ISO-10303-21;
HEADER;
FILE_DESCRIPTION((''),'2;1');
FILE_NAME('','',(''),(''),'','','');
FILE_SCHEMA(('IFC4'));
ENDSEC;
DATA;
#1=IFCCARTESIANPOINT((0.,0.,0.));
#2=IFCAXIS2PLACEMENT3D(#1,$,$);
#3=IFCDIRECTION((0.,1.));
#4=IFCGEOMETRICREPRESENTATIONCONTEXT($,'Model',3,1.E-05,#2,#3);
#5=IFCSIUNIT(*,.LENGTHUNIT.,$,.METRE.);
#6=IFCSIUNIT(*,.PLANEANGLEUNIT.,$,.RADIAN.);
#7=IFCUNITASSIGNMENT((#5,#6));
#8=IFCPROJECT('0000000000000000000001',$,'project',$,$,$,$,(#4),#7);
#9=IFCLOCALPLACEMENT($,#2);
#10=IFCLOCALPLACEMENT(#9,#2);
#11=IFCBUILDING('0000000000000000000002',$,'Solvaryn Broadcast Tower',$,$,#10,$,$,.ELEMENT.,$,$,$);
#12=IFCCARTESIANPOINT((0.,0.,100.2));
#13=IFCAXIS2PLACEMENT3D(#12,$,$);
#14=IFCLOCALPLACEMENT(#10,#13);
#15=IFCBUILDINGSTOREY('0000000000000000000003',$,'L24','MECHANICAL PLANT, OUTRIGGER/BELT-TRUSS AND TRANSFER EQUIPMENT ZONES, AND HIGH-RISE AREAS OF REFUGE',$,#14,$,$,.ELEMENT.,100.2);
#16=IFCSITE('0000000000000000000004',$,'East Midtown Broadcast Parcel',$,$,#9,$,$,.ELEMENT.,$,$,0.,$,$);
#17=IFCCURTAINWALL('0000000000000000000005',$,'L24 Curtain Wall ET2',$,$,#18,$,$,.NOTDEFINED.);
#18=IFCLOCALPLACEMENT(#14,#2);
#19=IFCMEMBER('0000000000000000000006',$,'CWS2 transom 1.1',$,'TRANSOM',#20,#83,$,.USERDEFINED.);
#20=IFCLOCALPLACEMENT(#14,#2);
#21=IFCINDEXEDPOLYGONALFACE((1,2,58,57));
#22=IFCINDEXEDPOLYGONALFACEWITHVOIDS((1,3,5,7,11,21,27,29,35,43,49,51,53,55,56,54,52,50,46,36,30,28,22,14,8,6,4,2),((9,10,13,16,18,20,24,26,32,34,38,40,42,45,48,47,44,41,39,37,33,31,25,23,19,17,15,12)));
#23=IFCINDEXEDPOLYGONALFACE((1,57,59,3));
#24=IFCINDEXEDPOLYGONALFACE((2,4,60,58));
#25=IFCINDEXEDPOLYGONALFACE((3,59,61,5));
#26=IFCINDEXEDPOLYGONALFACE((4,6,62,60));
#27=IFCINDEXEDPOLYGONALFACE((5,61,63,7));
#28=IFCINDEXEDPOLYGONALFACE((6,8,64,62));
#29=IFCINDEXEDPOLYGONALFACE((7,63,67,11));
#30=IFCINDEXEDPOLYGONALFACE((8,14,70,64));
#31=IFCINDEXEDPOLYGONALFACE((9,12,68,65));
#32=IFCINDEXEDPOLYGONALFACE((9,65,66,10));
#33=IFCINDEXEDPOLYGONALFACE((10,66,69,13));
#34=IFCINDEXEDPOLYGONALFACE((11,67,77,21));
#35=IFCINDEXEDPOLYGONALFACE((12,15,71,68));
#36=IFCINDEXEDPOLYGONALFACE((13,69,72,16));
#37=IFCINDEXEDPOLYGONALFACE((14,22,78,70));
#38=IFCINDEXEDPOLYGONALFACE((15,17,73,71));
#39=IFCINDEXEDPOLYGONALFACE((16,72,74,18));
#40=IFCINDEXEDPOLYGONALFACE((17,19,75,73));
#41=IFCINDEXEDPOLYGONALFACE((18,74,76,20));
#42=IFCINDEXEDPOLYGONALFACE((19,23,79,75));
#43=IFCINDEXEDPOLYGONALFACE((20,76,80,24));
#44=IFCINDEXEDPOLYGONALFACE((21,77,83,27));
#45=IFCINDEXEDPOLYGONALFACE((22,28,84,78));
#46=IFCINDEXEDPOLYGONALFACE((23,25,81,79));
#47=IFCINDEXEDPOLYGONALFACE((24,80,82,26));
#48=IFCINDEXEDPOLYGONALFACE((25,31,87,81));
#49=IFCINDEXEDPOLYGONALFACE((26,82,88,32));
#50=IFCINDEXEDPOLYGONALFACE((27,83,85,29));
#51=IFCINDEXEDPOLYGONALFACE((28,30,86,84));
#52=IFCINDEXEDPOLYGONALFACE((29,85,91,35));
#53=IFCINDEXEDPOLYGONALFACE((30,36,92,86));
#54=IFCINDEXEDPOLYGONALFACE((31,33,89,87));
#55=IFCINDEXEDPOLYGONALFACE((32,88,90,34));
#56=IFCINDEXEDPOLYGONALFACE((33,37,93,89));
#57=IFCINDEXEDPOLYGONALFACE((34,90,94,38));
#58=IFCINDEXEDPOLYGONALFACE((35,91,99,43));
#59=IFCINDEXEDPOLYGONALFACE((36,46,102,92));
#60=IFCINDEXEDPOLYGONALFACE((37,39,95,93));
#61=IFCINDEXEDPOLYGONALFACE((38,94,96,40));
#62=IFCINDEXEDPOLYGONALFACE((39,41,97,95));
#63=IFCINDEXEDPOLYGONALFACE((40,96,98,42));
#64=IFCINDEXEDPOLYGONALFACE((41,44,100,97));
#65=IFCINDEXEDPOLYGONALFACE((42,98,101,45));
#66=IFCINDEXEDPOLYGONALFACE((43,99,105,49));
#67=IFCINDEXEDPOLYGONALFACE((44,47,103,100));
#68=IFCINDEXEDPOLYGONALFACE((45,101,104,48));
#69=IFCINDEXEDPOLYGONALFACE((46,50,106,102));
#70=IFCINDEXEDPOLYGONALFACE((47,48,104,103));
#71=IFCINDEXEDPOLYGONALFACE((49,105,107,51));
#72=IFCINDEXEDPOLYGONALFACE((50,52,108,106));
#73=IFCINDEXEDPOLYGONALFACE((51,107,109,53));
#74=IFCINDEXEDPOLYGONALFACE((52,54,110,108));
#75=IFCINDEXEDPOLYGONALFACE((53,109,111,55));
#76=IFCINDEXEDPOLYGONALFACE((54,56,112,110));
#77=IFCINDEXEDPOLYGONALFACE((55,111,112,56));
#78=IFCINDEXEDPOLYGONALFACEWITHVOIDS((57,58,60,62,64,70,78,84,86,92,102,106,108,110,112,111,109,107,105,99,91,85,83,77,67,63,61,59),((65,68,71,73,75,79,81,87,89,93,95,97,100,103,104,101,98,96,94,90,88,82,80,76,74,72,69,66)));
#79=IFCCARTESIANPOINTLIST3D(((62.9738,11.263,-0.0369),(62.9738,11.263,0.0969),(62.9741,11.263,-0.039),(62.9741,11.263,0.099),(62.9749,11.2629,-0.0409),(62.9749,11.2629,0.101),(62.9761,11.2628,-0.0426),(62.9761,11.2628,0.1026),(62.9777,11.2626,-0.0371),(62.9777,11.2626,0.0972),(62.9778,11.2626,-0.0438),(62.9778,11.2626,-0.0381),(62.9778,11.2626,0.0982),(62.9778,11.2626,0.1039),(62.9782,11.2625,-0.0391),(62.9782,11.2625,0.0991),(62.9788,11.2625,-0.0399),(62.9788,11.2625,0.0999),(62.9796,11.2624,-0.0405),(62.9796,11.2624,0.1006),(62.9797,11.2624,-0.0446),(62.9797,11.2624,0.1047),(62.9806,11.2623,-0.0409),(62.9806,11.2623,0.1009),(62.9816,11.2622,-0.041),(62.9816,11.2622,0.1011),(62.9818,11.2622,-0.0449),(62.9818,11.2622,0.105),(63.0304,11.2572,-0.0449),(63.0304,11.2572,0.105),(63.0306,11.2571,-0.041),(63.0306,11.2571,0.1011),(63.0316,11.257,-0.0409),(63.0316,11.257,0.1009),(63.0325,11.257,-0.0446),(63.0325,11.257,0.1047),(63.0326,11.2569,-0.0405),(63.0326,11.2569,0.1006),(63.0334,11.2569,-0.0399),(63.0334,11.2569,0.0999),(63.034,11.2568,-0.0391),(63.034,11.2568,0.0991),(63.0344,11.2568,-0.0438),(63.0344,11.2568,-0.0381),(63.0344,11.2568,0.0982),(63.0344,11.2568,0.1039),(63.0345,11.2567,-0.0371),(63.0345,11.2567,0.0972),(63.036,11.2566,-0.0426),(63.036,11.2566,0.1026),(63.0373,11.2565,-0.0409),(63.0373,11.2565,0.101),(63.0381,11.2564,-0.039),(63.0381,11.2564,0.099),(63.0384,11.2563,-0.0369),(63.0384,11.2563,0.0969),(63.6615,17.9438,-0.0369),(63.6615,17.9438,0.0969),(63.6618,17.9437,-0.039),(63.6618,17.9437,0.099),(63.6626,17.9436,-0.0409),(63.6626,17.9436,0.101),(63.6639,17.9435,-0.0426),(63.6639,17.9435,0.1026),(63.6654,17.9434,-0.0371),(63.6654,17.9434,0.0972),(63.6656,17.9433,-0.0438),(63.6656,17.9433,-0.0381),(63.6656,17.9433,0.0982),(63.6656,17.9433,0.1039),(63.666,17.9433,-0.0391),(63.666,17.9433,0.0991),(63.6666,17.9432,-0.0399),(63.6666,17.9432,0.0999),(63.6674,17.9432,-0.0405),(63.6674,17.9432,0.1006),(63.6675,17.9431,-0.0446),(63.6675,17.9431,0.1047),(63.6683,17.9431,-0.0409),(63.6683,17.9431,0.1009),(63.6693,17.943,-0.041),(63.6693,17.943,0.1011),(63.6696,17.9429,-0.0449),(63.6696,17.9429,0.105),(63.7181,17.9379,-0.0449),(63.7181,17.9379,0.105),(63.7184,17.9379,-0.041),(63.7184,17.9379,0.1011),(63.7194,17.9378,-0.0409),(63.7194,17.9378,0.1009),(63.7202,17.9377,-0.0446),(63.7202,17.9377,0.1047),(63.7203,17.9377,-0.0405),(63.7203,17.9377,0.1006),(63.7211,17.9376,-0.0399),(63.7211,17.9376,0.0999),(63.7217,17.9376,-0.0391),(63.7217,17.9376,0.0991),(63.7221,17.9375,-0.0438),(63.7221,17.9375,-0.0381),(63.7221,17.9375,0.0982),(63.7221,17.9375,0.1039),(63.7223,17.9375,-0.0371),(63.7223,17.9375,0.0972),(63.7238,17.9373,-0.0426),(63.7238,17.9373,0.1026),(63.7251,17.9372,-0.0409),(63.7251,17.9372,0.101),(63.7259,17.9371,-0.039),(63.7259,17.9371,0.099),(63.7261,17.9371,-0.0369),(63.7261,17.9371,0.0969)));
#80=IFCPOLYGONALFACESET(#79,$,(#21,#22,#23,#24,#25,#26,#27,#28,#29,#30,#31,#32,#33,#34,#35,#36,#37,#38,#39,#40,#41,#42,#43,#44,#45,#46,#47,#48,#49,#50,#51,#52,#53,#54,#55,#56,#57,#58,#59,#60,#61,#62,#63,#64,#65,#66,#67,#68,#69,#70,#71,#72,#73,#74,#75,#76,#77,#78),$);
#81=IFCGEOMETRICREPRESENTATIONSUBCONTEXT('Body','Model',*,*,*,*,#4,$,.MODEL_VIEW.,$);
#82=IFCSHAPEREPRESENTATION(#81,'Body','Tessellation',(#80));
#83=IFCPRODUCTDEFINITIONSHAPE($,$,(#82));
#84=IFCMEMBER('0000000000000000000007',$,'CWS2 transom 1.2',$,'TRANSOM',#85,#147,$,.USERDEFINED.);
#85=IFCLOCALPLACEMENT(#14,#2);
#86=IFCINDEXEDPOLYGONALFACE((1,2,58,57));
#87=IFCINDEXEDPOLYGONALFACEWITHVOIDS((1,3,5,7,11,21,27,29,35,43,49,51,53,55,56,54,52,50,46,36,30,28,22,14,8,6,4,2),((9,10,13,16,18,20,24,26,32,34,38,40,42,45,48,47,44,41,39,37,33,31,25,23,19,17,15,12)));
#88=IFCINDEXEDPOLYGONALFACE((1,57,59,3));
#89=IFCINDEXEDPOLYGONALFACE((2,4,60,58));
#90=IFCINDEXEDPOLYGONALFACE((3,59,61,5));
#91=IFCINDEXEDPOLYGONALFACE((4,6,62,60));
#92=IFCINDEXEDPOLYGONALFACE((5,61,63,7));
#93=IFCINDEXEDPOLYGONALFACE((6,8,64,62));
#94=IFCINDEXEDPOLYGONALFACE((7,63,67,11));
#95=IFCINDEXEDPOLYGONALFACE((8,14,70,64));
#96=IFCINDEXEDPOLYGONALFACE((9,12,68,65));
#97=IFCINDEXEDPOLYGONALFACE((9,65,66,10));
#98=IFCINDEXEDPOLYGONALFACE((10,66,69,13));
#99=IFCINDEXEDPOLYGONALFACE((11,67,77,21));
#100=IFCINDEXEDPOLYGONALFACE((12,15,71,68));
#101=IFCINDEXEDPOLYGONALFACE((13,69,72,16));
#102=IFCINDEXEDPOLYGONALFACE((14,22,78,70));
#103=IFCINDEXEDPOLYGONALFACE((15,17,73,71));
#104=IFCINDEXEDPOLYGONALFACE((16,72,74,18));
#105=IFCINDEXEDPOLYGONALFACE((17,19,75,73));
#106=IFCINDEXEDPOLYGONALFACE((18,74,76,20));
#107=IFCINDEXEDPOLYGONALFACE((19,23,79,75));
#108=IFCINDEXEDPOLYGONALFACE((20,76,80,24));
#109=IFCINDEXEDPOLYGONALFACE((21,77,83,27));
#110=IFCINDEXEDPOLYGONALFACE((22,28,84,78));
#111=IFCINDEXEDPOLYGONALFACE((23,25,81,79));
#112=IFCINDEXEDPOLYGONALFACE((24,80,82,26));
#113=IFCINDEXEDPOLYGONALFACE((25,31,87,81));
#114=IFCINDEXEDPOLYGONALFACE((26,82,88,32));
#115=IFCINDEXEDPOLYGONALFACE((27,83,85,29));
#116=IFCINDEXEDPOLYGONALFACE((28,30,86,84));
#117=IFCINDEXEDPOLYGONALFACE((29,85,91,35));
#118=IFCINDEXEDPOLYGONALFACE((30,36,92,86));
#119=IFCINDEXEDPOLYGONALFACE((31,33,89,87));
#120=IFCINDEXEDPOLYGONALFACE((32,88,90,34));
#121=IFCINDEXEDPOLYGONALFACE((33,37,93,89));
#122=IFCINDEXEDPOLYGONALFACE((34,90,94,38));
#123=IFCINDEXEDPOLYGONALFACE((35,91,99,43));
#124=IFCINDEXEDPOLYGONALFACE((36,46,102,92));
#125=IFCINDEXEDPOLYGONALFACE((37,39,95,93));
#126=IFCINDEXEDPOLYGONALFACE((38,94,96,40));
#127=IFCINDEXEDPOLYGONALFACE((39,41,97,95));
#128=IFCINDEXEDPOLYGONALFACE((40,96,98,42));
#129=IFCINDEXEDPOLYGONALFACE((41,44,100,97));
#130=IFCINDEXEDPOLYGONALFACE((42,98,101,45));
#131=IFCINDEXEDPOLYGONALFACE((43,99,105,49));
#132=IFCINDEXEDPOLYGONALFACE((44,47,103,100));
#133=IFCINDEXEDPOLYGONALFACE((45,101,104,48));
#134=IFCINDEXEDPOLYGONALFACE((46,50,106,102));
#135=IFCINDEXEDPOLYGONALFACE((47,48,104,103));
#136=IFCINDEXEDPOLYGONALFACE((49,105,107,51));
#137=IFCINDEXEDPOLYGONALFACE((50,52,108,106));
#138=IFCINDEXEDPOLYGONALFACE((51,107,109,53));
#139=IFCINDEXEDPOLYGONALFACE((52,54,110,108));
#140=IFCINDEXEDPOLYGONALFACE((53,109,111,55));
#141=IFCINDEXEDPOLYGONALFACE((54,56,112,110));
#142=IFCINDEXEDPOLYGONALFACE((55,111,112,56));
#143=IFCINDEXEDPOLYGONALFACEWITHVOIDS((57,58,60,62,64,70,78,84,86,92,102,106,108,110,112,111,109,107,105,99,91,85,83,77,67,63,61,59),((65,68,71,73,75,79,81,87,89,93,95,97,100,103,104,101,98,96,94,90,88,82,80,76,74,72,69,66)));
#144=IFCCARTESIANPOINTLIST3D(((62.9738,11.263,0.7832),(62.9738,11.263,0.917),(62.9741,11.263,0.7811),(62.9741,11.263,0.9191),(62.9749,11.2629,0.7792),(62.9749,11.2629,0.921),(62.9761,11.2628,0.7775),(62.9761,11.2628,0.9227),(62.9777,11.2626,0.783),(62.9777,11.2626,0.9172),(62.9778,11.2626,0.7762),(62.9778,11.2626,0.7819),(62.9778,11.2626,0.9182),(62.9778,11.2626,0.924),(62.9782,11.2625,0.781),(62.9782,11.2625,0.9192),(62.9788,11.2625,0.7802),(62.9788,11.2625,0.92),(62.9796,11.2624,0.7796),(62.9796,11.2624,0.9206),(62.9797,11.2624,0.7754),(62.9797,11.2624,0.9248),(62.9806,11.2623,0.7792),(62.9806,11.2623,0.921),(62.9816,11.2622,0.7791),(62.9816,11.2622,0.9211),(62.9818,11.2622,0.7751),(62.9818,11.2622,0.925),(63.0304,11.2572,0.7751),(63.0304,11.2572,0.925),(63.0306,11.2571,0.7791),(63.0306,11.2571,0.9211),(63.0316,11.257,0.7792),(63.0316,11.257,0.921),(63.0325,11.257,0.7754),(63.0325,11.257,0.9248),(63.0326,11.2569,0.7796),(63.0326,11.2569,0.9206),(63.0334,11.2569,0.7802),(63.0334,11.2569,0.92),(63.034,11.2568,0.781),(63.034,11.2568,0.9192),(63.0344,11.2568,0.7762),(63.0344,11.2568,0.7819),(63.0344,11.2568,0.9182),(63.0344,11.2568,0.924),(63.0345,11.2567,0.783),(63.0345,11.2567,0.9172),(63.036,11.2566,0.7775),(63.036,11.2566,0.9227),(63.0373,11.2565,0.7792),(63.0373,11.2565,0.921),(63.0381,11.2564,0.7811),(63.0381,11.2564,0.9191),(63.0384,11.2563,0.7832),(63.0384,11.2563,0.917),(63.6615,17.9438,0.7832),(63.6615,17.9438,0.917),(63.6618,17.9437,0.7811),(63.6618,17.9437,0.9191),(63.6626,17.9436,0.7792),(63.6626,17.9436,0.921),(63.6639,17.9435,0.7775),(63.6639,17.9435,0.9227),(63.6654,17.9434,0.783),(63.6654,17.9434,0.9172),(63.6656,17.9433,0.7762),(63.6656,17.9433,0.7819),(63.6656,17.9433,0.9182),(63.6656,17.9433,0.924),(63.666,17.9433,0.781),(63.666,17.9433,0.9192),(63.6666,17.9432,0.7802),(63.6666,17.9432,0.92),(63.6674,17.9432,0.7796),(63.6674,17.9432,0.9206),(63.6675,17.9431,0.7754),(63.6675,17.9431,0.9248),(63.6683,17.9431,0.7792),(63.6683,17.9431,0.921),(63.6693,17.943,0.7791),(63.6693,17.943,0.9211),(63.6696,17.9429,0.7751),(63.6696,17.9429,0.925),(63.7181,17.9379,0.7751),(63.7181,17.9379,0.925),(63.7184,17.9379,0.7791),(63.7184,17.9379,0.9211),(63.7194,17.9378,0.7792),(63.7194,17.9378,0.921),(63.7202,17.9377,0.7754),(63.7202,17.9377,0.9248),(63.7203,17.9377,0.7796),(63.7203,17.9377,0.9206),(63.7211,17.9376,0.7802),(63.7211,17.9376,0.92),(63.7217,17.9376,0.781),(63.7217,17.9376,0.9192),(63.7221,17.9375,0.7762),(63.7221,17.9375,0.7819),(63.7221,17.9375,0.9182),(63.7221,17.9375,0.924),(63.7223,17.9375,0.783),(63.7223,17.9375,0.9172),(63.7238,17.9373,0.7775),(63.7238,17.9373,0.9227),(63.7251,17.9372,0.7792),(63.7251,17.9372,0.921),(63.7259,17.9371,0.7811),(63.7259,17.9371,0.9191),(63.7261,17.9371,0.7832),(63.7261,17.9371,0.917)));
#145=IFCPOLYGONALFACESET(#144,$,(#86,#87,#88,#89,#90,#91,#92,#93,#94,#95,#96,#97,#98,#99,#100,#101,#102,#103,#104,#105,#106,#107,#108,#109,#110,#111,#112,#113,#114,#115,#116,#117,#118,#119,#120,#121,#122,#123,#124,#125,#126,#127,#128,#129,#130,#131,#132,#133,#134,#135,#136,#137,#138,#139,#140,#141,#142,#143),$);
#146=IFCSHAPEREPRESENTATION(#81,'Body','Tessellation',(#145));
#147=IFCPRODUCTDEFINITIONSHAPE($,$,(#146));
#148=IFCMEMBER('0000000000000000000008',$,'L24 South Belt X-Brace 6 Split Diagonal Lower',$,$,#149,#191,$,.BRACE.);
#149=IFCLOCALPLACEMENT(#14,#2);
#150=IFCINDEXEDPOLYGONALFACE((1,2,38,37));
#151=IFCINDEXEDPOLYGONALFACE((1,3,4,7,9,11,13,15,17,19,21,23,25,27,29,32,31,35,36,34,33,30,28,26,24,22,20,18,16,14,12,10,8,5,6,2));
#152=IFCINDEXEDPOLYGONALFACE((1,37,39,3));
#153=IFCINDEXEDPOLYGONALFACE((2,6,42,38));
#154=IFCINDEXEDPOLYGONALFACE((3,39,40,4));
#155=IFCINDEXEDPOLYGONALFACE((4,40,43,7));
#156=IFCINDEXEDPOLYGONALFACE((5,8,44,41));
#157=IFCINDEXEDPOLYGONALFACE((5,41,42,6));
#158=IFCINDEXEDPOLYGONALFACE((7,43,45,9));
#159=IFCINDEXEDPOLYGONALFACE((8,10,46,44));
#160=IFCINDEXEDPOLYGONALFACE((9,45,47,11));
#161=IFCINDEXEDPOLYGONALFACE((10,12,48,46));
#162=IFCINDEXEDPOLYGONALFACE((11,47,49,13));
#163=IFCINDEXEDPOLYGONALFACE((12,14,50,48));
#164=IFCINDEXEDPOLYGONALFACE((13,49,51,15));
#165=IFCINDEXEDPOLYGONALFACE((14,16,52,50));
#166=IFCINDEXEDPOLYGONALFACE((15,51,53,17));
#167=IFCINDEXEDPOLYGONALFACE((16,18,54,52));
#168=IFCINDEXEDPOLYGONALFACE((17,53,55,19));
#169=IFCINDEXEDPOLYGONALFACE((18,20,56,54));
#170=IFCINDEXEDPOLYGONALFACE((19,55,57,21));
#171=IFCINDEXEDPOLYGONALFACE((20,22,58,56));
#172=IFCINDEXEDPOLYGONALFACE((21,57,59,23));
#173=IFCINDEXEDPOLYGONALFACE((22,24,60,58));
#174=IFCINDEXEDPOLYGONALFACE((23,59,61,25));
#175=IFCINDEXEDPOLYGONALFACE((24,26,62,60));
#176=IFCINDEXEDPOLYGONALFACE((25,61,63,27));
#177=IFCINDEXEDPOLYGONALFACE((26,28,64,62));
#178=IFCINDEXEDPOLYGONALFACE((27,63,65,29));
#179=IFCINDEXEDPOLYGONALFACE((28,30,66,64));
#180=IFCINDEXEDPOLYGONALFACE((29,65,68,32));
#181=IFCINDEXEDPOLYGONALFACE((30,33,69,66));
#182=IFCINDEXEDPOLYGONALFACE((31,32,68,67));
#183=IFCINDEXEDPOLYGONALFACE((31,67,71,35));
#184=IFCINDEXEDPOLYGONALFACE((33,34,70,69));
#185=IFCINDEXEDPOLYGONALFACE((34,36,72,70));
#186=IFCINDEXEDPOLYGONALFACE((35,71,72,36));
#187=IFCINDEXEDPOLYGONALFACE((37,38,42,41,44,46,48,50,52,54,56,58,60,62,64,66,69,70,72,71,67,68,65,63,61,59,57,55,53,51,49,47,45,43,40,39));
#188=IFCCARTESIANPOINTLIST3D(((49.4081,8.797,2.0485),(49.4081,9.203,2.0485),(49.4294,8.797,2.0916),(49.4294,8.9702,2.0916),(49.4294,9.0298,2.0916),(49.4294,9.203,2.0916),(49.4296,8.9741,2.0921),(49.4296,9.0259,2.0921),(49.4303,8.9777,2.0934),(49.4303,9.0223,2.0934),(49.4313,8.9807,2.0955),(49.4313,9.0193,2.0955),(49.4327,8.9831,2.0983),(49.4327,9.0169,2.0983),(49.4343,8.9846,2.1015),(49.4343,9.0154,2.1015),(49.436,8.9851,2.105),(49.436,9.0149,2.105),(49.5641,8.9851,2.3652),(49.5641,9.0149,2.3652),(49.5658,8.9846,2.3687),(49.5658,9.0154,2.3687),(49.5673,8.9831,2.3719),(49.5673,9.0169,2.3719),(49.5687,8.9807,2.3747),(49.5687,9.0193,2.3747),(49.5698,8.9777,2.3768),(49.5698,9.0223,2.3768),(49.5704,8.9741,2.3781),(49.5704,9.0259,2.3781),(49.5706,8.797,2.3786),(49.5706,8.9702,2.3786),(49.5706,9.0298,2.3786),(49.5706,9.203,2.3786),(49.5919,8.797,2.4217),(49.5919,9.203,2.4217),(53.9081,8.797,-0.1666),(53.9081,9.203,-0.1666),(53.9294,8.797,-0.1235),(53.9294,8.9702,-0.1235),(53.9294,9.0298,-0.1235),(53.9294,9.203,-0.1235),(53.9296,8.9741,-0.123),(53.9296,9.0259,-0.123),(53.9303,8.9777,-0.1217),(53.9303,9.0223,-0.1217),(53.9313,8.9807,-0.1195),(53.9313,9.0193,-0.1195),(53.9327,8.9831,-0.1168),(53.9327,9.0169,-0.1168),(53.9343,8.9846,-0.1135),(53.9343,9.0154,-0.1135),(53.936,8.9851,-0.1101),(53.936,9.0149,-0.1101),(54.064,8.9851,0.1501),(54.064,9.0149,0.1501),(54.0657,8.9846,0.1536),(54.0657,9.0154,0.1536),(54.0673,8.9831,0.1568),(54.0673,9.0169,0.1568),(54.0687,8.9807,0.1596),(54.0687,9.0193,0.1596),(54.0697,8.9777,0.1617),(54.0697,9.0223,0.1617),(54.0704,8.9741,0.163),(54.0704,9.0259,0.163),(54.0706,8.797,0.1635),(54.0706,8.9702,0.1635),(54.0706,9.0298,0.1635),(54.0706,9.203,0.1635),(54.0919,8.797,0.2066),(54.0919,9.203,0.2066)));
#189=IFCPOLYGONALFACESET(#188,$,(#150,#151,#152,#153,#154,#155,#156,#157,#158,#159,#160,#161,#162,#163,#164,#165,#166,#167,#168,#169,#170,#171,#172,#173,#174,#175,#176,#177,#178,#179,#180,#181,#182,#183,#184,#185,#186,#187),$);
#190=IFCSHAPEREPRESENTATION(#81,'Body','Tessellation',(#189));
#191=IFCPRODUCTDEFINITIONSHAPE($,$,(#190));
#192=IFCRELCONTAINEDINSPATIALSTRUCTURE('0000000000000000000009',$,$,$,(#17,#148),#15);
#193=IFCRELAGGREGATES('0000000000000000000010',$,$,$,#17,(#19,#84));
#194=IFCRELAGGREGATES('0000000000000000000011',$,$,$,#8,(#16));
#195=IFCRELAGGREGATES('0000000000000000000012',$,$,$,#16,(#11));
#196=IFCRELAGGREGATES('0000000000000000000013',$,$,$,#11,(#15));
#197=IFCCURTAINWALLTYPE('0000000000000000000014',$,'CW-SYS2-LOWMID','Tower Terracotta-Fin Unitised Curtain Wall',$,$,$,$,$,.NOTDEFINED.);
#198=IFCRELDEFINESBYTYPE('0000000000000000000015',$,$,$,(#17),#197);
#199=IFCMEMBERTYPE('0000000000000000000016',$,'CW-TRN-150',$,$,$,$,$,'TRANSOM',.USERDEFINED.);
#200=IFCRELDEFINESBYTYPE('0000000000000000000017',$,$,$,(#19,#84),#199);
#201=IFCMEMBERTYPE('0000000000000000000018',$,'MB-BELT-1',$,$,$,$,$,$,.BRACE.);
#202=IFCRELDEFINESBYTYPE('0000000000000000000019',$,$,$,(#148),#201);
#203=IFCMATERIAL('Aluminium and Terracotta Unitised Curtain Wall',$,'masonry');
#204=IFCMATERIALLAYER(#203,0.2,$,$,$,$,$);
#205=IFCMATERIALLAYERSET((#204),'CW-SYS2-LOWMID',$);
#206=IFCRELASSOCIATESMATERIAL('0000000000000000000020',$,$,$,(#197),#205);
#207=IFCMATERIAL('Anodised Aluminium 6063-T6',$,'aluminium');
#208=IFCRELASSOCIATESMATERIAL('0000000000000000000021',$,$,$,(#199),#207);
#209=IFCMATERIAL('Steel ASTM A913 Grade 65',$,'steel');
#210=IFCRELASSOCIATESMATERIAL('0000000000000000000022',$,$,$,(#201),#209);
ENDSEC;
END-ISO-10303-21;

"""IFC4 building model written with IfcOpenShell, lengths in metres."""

from ifc_helpers import new_model, si_unit, direction, frame, origin, origin_2d, place, context, subcontext, project, spatial, hollow_rectangle, i_section, extrude, material, layer, layer_set, material_profile, profile_set, type_object, element, aggregate, save


model = new_model("IFC4")

# Units and contexts
model_context = context("Model", 3, precision=1e-05, world=origin(), true_north=direction((0.0, 1.0)))
body_context = subcontext(model_context, "Body", "Model", "MODEL_VIEW")
ifc_project = project(units=[si_unit("LENGTHUNIT", "METRE"), si_unit("PLANEANGLEUNIT", "RADIAN")], contexts=[model_context])

# Site, building, storey
site_placement = place(None, origin())
site = spatial("IfcSite", under=ifc_project, at=site_placement, Name="East Midtown Broadcast Parcel", CompositionType="ELEMENT", RefElevation=0.0)
building_placement = place(site_placement, origin())
building = spatial("IfcBuilding", under=site, at=building_placement, Name="Solvaryn Broadcast Tower", CompositionType="ELEMENT")
storey_placement = place(building_placement, frame((0.0, 0.0, 100.2)))
storey = spatial("IfcBuildingStorey", under=building, at=storey_placement, Name="L24", Description="MECHANICAL PLANT, OUTRIGGER/BELT-TRUSS AND TRANSFER EQUIPMENT ZONES, AND HIGH-RISE AREAS OF REFUGE", CompositionType="ELEMENT", Elevation=100.2)

# Shared definitions
ifc_material_1 = material(Name="Aluminium and Terracotta Unitised Curtain Wall", Category="masonry")
ifc_layer_1 = layer(ifc_material_1, 0.2)
ifc_layer_set_1 = layer_set([ifc_layer_1], Name="CW-SYS2-LOWMID")
curtain_wall_type = type_object("IfcCurtainWallType", Name="CW-SYS2-LOWMID", Description="Tower Terracotta-Fin Unitised Curtain Wall", PredefinedType="NOTDEFINED", material=ifc_layer_set_1)

# Curtain wall
curtain_wall_1_placement = place(storey_placement, origin())
curtain_wall_1 = element("IfcCurtainWall", 1, at=curtain_wall_1_placement, inside=storey, type_object=curtain_wall_type, Name="L24 Curtain Wall ET2", PredefinedType="NOTDEFINED")

# Members
ifc_material_2 = material(Name="Anodised Aluminium 6063-T6", Category="aluminium")
ifc_material_profile_1 = material_profile(ifc_material_2, hollow_rectangle(XDim=0.0649, YDim=0.1499, WallThickness=0.0039, InnerFilletRadius=0.0039, OuterFilletRadius=0.0081, at=origin_2d()))
ifc_profile_set_1 = profile_set([ifc_material_profile_1], Name="Anodised Aluminium 6063-T6")
member_type_1 = type_object("IfcMemberType", Name="CW-TRN-150", ElementType="TRANSOM", PredefinedType="USERDEFINED", material=ifc_profile_set_1)
member_1_placement = place(storey_placement, frame((63.6938, 17.9404, 0.03), z_axis=(-0.102404, -0.994743, 0.0), x_axis=(0.994743, -0.102404, 0.0)))
member_1 = element("IfcMember", 2, at=member_1_placement, type_object=member_type_1, Name="CWS2 transom 1.1", ObjectType="TRANSOM", PredefinedType="USERDEFINED", context=body_context, shape_type="SweptSolid", body=[
    extrude(hollow_rectangle(XDim=0.0649, YDim=0.1499, WallThickness=0.0039, InnerFilletRadius=0.0039, OuterFilletRadius=0.0081, at=origin_2d()), origin(), (0.0, 0.0, 1.0), 6.7161),
])
member_2_placement = place(storey_placement, frame((63.6938, 17.9404, 0.8501), z_axis=(-0.102404, -0.994743, 0.0), x_axis=(0.994743, -0.102404, 0.0)))
member_2 = element("IfcMember", 3, at=member_2_placement, type_object=member_type_1, Name="CWS2 transom 1.2", ObjectType="TRANSOM", PredefinedType="USERDEFINED", context=body_context, shape_type="SweptSolid", body=[
    extrude(hollow_rectangle(XDim=0.0649, YDim=0.1499, WallThickness=0.0039, InnerFilletRadius=0.0039, OuterFilletRadius=0.0081, at=origin_2d()), origin(), (0.0, 0.0, 1.0), 6.7161),
])

# Member
ifc_material_3 = material(Name="Steel ASTM A913 Grade 65", Category="steel")
ifc_material_profile_2 = material_profile(ifc_material_3, i_section(OverallWidth=0.406, OverallDepth=0.416, WebThickness=0.0298, FlangeThickness=0.0481, FilletRadius=0.0149, at=origin_2d()))
ifc_profile_set_2 = profile_set([ifc_material_profile_2], Name="Steel ASTM A913 Grade 65")
member_type_2 = type_object("IfcMemberType", Name="MB-BELT-1", PredefinedType="BRACE", material=ifc_profile_set_2)
for number, where, z_axis, x_axis, name in (
    (4, (54.0, 9.0, 0.02), (-0.897194, 0.0, 0.441636), (0.0, -1.0, 0.0), "L24 South Belt X-Brace 6 Split Diagonal Lower"),
):
    element("IfcMember", number, at=place(storey_placement, frame(where, z_axis=z_axis, x_axis=x_axis)), inside=storey, type_object=member_type_2, Name=name, PredefinedType="BRACE", context=body_context, shape_type="SweptSolid", body=[
        extrude(i_section(OverallWidth=0.406, OverallDepth=0.416, WebThickness=0.0298, FlangeThickness=0.0481, FilletRadius=0.0149, at=origin_2d()), origin(), (0.0, 0.0, 1.0), 5.0156),
    ])

aggregate(curtain_wall_1, [member_1, member_2])

save(model, "model.ifc")
